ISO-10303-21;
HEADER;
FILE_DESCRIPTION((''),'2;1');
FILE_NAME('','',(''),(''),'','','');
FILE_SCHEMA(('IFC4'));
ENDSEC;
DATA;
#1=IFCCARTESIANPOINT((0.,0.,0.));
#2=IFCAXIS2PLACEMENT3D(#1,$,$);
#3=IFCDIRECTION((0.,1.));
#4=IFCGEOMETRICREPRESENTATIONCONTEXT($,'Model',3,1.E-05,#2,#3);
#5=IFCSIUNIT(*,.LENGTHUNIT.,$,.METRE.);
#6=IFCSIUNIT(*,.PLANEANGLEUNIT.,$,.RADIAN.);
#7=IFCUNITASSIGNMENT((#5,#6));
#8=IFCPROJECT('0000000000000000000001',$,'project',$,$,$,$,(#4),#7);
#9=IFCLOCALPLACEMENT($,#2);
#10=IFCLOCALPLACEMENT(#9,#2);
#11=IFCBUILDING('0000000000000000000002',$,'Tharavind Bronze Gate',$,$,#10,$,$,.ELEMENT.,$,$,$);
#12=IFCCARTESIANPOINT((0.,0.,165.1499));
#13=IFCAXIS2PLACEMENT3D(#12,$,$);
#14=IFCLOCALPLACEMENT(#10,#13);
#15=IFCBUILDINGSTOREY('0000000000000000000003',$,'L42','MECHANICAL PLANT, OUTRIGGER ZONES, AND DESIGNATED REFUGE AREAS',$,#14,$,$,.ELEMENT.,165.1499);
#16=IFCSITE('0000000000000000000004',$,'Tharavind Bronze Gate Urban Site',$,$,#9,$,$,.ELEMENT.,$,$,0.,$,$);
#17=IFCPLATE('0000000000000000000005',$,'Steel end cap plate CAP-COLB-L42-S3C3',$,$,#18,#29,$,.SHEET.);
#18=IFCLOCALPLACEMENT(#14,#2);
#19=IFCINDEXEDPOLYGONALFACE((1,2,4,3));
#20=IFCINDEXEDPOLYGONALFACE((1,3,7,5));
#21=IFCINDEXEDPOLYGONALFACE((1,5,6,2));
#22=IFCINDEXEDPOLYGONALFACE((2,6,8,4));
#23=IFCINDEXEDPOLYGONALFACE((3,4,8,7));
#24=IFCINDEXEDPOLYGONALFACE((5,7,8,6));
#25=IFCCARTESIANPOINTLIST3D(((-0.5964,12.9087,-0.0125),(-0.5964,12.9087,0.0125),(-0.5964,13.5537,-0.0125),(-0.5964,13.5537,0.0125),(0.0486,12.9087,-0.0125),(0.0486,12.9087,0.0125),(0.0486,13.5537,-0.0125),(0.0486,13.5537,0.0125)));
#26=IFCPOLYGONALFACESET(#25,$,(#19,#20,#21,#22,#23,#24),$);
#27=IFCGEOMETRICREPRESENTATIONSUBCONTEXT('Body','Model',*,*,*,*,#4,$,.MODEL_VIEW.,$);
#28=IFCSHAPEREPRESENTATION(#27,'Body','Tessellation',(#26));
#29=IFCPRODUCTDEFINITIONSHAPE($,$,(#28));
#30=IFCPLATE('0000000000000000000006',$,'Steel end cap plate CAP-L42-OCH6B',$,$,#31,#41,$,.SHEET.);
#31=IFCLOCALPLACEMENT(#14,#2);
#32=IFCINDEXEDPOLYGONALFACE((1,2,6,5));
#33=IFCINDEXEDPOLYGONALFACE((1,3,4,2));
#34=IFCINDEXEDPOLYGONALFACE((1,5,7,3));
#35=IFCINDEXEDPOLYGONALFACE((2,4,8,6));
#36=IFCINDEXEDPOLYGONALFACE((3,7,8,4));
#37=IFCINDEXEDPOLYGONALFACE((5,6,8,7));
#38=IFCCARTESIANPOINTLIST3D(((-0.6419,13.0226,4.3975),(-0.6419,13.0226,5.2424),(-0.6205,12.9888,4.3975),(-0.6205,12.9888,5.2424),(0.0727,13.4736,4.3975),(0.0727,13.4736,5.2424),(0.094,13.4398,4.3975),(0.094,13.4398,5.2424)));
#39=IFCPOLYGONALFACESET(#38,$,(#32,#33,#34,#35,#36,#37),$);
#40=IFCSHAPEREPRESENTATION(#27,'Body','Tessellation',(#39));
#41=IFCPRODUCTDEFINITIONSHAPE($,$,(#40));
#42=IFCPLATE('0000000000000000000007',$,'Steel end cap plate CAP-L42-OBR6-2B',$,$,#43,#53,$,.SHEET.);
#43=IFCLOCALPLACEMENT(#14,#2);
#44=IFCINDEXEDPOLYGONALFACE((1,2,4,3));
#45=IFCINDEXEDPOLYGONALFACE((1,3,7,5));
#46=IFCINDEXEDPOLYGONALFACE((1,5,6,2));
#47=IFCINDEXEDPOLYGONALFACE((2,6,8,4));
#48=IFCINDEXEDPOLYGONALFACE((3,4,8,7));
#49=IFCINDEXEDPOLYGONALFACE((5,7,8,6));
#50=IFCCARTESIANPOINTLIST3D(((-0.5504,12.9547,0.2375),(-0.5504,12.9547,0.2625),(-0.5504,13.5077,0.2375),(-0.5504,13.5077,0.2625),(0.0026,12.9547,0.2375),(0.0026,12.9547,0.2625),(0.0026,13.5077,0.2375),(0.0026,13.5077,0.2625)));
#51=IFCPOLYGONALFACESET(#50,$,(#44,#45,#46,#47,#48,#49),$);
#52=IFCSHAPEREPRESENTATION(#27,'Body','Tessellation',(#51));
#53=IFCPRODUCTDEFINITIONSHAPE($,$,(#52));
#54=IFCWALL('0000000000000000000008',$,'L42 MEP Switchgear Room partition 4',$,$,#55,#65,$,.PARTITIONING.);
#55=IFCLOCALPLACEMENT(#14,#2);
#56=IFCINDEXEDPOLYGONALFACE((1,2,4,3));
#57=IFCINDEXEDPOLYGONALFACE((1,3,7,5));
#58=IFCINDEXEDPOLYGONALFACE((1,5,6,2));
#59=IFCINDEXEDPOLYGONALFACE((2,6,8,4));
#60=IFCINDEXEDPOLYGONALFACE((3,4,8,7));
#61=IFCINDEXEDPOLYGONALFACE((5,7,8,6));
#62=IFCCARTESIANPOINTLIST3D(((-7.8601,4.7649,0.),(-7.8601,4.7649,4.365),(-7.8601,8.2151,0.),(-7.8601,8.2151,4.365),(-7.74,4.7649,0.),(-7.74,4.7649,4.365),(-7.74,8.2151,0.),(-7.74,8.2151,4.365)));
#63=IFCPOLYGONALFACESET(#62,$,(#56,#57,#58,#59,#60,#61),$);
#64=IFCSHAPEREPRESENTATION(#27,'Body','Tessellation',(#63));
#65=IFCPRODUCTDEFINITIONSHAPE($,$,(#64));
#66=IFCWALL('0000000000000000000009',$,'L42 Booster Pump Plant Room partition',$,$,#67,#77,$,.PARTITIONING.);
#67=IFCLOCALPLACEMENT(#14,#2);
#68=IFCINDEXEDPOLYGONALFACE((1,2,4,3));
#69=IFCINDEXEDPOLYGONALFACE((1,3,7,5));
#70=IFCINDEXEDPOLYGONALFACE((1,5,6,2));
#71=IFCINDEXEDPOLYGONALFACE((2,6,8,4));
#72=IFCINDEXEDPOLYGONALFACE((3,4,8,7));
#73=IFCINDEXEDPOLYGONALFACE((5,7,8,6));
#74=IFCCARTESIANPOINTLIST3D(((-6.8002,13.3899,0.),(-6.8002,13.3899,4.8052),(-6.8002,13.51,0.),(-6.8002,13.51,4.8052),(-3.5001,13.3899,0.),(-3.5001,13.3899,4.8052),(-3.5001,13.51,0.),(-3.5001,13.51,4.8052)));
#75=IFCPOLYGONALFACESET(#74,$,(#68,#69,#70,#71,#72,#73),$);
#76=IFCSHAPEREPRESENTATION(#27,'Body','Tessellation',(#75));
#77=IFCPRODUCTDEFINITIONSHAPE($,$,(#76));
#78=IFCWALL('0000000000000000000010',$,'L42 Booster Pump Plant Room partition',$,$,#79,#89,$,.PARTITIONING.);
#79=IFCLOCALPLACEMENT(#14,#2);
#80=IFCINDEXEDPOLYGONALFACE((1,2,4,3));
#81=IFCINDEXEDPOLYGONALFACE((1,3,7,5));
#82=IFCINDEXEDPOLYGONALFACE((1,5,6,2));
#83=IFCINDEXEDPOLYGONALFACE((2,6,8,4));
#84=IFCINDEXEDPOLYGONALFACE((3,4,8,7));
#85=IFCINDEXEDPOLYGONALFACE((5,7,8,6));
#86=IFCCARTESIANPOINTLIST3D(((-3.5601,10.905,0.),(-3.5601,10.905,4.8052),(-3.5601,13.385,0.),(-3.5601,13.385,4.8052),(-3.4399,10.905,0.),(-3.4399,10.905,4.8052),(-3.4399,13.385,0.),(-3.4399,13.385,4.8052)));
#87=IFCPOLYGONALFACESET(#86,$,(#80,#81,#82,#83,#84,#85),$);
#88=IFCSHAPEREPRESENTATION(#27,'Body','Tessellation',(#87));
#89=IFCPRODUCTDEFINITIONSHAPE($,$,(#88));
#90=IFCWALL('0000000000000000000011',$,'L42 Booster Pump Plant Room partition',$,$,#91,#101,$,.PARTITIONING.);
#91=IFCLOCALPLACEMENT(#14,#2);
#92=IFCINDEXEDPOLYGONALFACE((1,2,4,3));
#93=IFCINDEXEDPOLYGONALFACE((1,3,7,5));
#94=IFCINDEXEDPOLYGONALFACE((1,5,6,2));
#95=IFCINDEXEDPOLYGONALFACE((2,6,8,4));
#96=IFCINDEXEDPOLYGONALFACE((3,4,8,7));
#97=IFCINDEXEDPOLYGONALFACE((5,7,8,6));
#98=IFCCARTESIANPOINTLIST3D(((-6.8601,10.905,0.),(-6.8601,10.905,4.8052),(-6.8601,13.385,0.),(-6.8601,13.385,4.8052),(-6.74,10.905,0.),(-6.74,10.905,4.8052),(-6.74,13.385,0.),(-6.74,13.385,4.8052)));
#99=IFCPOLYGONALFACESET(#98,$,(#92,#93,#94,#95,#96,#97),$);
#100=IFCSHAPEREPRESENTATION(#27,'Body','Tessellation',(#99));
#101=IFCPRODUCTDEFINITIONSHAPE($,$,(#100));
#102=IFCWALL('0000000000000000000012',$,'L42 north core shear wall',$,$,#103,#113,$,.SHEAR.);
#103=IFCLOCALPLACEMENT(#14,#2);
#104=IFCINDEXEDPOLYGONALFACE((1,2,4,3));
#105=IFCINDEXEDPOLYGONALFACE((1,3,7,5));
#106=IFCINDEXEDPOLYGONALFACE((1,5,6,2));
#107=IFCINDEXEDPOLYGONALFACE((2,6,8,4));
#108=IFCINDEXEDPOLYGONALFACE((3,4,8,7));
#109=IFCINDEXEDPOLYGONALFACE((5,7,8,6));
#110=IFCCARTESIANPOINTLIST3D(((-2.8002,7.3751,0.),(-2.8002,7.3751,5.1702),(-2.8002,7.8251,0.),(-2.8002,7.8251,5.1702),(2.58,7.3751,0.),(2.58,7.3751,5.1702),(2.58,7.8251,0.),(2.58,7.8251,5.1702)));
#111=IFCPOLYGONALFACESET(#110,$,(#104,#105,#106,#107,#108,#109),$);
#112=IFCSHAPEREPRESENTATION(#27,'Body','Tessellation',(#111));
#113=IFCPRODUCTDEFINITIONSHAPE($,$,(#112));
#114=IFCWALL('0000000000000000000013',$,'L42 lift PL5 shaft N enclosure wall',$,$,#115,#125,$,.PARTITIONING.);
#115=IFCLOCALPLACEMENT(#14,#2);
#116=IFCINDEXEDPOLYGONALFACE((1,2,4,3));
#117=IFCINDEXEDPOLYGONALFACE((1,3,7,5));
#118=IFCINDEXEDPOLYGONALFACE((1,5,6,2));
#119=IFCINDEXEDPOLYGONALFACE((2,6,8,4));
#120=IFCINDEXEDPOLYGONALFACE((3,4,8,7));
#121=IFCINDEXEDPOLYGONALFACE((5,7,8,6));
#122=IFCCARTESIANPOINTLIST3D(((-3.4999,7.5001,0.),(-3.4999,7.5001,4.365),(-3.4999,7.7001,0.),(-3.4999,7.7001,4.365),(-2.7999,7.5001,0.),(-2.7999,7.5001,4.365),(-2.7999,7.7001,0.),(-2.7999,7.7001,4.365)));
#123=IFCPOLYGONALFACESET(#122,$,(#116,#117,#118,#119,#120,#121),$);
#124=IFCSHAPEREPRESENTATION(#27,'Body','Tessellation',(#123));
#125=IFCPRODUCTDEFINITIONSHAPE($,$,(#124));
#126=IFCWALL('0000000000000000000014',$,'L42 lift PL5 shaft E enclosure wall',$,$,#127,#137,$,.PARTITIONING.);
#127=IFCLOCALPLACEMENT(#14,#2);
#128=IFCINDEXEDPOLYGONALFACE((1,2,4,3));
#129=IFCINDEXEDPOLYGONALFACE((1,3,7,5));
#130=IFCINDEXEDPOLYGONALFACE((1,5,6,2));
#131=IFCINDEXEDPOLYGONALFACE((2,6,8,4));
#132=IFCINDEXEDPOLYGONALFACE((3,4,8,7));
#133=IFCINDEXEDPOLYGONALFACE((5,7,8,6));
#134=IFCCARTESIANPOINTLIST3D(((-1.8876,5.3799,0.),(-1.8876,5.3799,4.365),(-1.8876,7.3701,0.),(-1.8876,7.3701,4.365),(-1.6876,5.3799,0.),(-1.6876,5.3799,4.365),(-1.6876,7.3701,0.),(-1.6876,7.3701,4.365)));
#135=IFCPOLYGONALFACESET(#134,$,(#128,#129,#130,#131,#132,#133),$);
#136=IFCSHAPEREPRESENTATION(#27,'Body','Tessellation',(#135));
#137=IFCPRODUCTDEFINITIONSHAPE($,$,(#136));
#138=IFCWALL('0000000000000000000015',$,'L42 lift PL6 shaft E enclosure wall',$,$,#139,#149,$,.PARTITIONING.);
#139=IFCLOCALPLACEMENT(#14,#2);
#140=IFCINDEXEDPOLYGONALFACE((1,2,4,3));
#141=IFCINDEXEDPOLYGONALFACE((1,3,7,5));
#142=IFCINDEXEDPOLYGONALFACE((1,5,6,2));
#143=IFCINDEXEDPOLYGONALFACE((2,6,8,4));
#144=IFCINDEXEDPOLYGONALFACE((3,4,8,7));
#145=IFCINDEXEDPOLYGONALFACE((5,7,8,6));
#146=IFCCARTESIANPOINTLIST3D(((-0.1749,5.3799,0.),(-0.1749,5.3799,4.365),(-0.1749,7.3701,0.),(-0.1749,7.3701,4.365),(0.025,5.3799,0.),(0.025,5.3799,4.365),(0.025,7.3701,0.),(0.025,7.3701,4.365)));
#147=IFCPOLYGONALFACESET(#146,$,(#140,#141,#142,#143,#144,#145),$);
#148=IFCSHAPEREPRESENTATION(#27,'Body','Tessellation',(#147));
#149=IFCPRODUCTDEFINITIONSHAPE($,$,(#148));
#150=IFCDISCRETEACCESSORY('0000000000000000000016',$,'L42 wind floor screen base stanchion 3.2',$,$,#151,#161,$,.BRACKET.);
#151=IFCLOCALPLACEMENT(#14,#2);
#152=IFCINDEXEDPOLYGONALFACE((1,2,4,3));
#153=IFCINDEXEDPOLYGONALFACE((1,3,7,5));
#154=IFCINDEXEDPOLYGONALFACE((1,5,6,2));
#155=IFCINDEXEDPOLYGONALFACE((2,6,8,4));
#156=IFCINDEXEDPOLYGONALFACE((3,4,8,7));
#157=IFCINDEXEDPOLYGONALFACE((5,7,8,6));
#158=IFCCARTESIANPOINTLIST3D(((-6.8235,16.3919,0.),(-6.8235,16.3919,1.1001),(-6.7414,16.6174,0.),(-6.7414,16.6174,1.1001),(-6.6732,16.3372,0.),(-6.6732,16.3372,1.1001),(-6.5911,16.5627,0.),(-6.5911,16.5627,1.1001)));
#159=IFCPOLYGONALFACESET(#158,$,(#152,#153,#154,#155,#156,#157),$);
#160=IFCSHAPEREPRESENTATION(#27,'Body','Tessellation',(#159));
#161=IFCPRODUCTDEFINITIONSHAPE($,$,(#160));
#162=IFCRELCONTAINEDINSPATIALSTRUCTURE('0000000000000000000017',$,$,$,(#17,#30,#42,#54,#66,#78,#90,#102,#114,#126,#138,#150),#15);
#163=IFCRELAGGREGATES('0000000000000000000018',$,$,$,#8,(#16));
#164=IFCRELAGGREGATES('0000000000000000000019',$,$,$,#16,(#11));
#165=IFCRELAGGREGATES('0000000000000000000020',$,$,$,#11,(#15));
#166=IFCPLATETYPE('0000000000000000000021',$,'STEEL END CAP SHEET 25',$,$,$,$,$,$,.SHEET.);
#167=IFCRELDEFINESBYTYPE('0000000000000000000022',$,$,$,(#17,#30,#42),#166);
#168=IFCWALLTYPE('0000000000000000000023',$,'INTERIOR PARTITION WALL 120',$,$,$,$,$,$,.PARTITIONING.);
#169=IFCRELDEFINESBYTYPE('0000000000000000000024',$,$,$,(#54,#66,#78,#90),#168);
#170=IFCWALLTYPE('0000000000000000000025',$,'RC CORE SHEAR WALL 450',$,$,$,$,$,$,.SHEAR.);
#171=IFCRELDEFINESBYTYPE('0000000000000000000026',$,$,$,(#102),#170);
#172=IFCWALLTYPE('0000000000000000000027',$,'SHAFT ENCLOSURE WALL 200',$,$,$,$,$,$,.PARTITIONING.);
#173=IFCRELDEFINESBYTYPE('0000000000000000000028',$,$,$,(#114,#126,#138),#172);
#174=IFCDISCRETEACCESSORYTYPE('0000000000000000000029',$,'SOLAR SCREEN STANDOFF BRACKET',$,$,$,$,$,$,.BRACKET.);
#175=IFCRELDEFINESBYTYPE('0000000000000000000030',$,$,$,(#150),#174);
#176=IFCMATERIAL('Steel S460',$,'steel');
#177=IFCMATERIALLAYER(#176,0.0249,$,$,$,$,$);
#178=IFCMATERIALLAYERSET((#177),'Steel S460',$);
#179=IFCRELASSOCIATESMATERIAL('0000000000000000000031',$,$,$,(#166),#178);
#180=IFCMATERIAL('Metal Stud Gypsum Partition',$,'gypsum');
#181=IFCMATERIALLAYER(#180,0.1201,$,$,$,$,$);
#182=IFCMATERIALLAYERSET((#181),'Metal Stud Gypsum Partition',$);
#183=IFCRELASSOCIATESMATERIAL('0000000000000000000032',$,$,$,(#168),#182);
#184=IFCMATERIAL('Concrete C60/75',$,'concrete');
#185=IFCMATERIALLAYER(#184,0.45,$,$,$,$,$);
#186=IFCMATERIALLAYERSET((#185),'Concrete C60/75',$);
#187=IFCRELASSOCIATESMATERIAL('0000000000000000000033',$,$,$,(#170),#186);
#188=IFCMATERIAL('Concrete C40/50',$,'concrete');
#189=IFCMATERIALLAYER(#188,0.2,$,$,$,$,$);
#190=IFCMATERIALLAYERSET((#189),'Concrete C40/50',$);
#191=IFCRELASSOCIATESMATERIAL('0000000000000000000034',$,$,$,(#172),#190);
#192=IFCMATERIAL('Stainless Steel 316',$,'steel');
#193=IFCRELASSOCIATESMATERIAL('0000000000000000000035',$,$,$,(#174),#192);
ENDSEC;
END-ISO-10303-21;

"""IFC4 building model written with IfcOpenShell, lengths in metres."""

from ifc_helpers import new_model, si_unit, direction, frame, frame_2d, origin, origin_2d, place, context, subcontext, project, spatial, rectangle, extrude, material, layer, layer_set, type_object, element, save


model = new_model("IFC4")

# Units and contexts
model_context = context("Model", 3, precision=1e-05, world=origin(), true_north=direction((0.0, 1.0)))
body_context = subcontext(model_context, "Body", "Model", "MODEL_VIEW")
ifc_project = project(units=[si_unit("LENGTHUNIT", "METRE"), si_unit("PLANEANGLEUNIT", "RADIAN")], contexts=[model_context])

# Site, building, storey
site_placement = place(None, origin())
site = spatial("IfcSite", under=ifc_project, at=site_placement, Name="Tharavind Bronze Gate Urban Site", CompositionType="ELEMENT", RefElevation=0.0)
building_placement = place(site_placement, origin())
building = spatial("IfcBuilding", under=site, at=building_placement, Name="Tharavind Bronze Gate", CompositionType="ELEMENT")
storey_placement = place(building_placement, frame((0.0, 0.0, 165.1499)))
storey = spatial("IfcBuildingStorey", under=building, at=storey_placement, Name="L42", Description="MECHANICAL PLANT, OUTRIGGER ZONES, AND DESIGNATED REFUGE AREAS", CompositionType="ELEMENT", Elevation=165.1499)

# Shared definitions
ifc_material_1 = material(Name="Steel S460", Category="steel")

# Plates
ifc_layer_1 = layer(ifc_material_1, 0.0249)
ifc_layer_set_1 = layer_set([ifc_layer_1], Name="Steel S460")
plate_type_1 = type_object("IfcPlateType", Name="STEEL END CAP SHEET 25", PredefinedType="SHEET", material=ifc_layer_set_1)
plate_1_placement = place(storey_placement, frame((-0.2739, 13.2312, -0.0125), z_axis=(0.0, 0.0, 1.0), x_axis=(1.0, 0.0, 0.0)))
element("IfcPlate", 1, at=plate_1_placement, inside=storey, type_object=plate_type_1, Name="Steel end cap plate CAP-COLB-L42-S3C3", PredefinedType="SHEET", context=body_context, shape_type="SweptSolid", body=[
    extrude(rectangle(XDim=0.645, YDim=0.645, at=origin_2d()), origin(), (0.0, 0.0, 1.0), 0.0249),
])
plate_2_placement = place(storey_placement, frame((-0.2739, 13.2312, 4.3975), z_axis=(0.0, 0.0, 1.0), x_axis=(-0.533715, 0.845664, 0.0)))
element("IfcPlate", 2, at=plate_2_placement, inside=storey, type_object=plate_type_1, Name="Steel end cap plate CAP-L42-OCH6B", PredefinedType="SHEET", context=body_context, shape_type="SweptSolid", body=[
    extrude(rectangle(XDim=0.04, YDim=0.845, at=origin_2d()), origin(), (0.0, 0.0, 1.0), 0.845),
])
plate_3_placement = place(storey_placement, frame((-0.2739, 13.2312, 0.2375), z_axis=(0.0, 0.0, 1.0), x_axis=(1.0, 0.0, 0.0)))
element("IfcPlate", 3, at=plate_3_placement, inside=storey, type_object=plate_type_1, Name="Steel end cap plate CAP-L42-OBR6-2B", PredefinedType="SHEET", context=body_context, shape_type="SweptSolid", body=[
    extrude(rectangle(XDim=0.553, YDim=0.553, at=origin_2d()), origin(), (0.0, 0.0, 1.0), 0.0249),
])

# Walls
ifc_material_2 = material(Name="Metal Stud Gypsum Partition", Category="gypsum")
ifc_layer_2 = layer(ifc_material_2, 0.1201)
ifc_layer_set_2 = layer_set([ifc_layer_2], Name="Metal Stud Gypsum Partition")
wall_type_1 = type_object("IfcWallType", Name="INTERIOR PARTITION WALL 120", PredefinedType="PARTITIONING", material=ifc_layer_set_2)
wall_1_placement = place(storey_placement, frame((-7.8, 8.2151, 0.0), z_axis=(0.0, 0.0, 1.0), x_axis=(0.0, -1.0, 0.0)))
element("IfcWall", 4, at=wall_1_placement, inside=storey, type_object=wall_type_1, Name="L42 MEP Switchgear Room partition 4", PredefinedType="PARTITIONING", context=body_context, shape_type="SweptSolid", body=[
    extrude(rectangle(XDim=3.4502, YDim=0.1201, at=frame_2d((1.7251, 0.0))), origin(), (0.0, 0.0, 1.0), 4.365),
])
wall_2_placement = place(storey_placement, frame((-6.8, 13.45, 0.0), z_axis=(0.0, 0.0, 1.0), x_axis=(1.0, 0.0, 0.0)))
element("IfcWall", 5, at=wall_2_placement, inside=storey, type_object=wall_type_1, Name="L42 Booster Pump Plant Room partition", PredefinedType="PARTITIONING", context=body_context, shape_type="SweptSolid", body=[
    extrude(rectangle(XDim=3.3, YDim=0.1201, at=frame_2d((1.6499, 0.0))), origin(), (0.0, 0.0, 1.0), 4.8052),
])
for number, where, z_axis, x_axis, name in (
    (6, (-3.5, 13.385, 0.0), (0.0, 0.0, 1.0), (0.0, -1.0, 0.0), "L42 Booster Pump Plant Room partition"),
    (7, (-6.8, 10.905, 0.0), (0.0, 0.0, 1.0), (0.0, 1.0, 0.0), "L42 Booster Pump Plant Room partition"),
):
    element("IfcWall", number, at=place(storey_placement, frame(where, z_axis=z_axis, x_axis=x_axis)), inside=storey, type_object=wall_type_1, Name=name, PredefinedType="PARTITIONING", context=body_context, shape_type="SweptSolid", body=[
        extrude(rectangle(XDim=2.48, YDim=0.1201, at=frame_2d((1.24, 0.0))), origin(), (0.0, 0.0, 1.0), 4.8052),
    ])
ifc_material_3 = material(Name="Concrete C60/75", Category="concrete")
ifc_layer_3 = layer(ifc_material_3, 0.45)
ifc_layer_set_3 = layer_set([ifc_layer_3], Name="Concrete C60/75")
wall_type_2 = type_object("IfcWallType", Name="RC CORE SHEAR WALL 450", PredefinedType="SHEAR", material=ifc_layer_set_3)
wall_3_placement = place(storey_placement, frame((-2.8, 7.6001, 0.0), z_axis=(0.0, 0.0, 1.0), x_axis=(1.0, 0.0, 0.0)))
element("IfcWall", 8, at=wall_3_placement, inside=storey, type_object=wall_type_2, Name="L42 north core shear wall", PredefinedType="SHEAR", context=body_context, shape_type="SweptSolid", body=[
    extrude(rectangle(XDim=5.3801, YDim=0.45, at=frame_2d((2.6899, 0.0))), origin(), (0.0, 0.0, 1.0), 5.1702),
])
ifc_material_4 = material(Name="Concrete C40/50", Category="concrete")
ifc_layer_4 = layer(ifc_material_4, 0.2)
ifc_layer_set_4 = layer_set([ifc_layer_4], Name="Concrete C40/50")
wall_type_3 = type_object("IfcWallType", Name="SHAFT ENCLOSURE WALL 200", PredefinedType="PARTITIONING", material=ifc_layer_set_4)
wall_4_placement = place(storey_placement, frame((-3.5, 7.6001, 0.0), z_axis=(0.0, 0.0, 1.0), x_axis=(1.0, 0.0, 0.0)))
element("IfcWall", 9, at=wall_4_placement, inside=storey, type_object=wall_type_3, Name="L42 lift PL5 shaft N enclosure wall", PredefinedType="PARTITIONING", context=body_context, shape_type="SweptSolid", body=[
    extrude(rectangle(XDim=0.7, YDim=0.2, at=frame_2d((0.3501, 0.0))), origin(), (0.0, 0.0, 1.0), 4.365),
])
for number, where, z_axis, x_axis, name in (
    (10, (-1.7876, 5.3799, 0.0), (0.0, 0.0, 1.0), (0.0, 1.0, 0.0), "L42 lift PL5 shaft E enclosure wall"),
    (11, (-0.075, 5.3799, 0.0), (0.0, 0.0, 1.0), (0.0, 1.0, 0.0), "L42 lift PL6 shaft E enclosure wall"),
):
    element("IfcWall", number, at=place(storey_placement, frame(where, z_axis=z_axis, x_axis=x_axis)), inside=storey, type_object=wall_type_3, Name=name, PredefinedType="PARTITIONING", context=body_context, shape_type="SweptSolid", body=[
        extrude(rectangle(XDim=1.9902, YDim=0.2, at=frame_2d((0.9951, 0.0))), origin(), (0.0, 0.0, 1.0), 4.365),
    ])

# Discrete accessory
ifc_material_5 = material(Name="Stainless Steel 316", Category="steel")
discrete_accessory_type = type_object("IfcDiscreteAccessoryType", Name="SOLAR SCREEN STANDOFF BRACKET", PredefinedType="BRACKET", material=ifc_material_5)
discrete_accessory_placement = place(storey_placement, frame((-6.7073, 16.4773, 0.0), z_axis=(0.0, 0.0, 1.0), x_axis=(-0.939692, 0.342022, 0.0)))
element("IfcDiscreteAccessory", 12, at=discrete_accessory_placement, inside=storey, type_object=discrete_accessory_type, Name="L42 wind floor screen base stanchion 3.2", PredefinedType="BRACKET", context=body_context, shape_type="SweptSolid", body=[
    extrude(rectangle(XDim=0.1599, YDim=0.24, at=origin_2d()), origin(), (0.0, 0.0, 1.0), 1.1001),
])

save(model, "model.ifc")
